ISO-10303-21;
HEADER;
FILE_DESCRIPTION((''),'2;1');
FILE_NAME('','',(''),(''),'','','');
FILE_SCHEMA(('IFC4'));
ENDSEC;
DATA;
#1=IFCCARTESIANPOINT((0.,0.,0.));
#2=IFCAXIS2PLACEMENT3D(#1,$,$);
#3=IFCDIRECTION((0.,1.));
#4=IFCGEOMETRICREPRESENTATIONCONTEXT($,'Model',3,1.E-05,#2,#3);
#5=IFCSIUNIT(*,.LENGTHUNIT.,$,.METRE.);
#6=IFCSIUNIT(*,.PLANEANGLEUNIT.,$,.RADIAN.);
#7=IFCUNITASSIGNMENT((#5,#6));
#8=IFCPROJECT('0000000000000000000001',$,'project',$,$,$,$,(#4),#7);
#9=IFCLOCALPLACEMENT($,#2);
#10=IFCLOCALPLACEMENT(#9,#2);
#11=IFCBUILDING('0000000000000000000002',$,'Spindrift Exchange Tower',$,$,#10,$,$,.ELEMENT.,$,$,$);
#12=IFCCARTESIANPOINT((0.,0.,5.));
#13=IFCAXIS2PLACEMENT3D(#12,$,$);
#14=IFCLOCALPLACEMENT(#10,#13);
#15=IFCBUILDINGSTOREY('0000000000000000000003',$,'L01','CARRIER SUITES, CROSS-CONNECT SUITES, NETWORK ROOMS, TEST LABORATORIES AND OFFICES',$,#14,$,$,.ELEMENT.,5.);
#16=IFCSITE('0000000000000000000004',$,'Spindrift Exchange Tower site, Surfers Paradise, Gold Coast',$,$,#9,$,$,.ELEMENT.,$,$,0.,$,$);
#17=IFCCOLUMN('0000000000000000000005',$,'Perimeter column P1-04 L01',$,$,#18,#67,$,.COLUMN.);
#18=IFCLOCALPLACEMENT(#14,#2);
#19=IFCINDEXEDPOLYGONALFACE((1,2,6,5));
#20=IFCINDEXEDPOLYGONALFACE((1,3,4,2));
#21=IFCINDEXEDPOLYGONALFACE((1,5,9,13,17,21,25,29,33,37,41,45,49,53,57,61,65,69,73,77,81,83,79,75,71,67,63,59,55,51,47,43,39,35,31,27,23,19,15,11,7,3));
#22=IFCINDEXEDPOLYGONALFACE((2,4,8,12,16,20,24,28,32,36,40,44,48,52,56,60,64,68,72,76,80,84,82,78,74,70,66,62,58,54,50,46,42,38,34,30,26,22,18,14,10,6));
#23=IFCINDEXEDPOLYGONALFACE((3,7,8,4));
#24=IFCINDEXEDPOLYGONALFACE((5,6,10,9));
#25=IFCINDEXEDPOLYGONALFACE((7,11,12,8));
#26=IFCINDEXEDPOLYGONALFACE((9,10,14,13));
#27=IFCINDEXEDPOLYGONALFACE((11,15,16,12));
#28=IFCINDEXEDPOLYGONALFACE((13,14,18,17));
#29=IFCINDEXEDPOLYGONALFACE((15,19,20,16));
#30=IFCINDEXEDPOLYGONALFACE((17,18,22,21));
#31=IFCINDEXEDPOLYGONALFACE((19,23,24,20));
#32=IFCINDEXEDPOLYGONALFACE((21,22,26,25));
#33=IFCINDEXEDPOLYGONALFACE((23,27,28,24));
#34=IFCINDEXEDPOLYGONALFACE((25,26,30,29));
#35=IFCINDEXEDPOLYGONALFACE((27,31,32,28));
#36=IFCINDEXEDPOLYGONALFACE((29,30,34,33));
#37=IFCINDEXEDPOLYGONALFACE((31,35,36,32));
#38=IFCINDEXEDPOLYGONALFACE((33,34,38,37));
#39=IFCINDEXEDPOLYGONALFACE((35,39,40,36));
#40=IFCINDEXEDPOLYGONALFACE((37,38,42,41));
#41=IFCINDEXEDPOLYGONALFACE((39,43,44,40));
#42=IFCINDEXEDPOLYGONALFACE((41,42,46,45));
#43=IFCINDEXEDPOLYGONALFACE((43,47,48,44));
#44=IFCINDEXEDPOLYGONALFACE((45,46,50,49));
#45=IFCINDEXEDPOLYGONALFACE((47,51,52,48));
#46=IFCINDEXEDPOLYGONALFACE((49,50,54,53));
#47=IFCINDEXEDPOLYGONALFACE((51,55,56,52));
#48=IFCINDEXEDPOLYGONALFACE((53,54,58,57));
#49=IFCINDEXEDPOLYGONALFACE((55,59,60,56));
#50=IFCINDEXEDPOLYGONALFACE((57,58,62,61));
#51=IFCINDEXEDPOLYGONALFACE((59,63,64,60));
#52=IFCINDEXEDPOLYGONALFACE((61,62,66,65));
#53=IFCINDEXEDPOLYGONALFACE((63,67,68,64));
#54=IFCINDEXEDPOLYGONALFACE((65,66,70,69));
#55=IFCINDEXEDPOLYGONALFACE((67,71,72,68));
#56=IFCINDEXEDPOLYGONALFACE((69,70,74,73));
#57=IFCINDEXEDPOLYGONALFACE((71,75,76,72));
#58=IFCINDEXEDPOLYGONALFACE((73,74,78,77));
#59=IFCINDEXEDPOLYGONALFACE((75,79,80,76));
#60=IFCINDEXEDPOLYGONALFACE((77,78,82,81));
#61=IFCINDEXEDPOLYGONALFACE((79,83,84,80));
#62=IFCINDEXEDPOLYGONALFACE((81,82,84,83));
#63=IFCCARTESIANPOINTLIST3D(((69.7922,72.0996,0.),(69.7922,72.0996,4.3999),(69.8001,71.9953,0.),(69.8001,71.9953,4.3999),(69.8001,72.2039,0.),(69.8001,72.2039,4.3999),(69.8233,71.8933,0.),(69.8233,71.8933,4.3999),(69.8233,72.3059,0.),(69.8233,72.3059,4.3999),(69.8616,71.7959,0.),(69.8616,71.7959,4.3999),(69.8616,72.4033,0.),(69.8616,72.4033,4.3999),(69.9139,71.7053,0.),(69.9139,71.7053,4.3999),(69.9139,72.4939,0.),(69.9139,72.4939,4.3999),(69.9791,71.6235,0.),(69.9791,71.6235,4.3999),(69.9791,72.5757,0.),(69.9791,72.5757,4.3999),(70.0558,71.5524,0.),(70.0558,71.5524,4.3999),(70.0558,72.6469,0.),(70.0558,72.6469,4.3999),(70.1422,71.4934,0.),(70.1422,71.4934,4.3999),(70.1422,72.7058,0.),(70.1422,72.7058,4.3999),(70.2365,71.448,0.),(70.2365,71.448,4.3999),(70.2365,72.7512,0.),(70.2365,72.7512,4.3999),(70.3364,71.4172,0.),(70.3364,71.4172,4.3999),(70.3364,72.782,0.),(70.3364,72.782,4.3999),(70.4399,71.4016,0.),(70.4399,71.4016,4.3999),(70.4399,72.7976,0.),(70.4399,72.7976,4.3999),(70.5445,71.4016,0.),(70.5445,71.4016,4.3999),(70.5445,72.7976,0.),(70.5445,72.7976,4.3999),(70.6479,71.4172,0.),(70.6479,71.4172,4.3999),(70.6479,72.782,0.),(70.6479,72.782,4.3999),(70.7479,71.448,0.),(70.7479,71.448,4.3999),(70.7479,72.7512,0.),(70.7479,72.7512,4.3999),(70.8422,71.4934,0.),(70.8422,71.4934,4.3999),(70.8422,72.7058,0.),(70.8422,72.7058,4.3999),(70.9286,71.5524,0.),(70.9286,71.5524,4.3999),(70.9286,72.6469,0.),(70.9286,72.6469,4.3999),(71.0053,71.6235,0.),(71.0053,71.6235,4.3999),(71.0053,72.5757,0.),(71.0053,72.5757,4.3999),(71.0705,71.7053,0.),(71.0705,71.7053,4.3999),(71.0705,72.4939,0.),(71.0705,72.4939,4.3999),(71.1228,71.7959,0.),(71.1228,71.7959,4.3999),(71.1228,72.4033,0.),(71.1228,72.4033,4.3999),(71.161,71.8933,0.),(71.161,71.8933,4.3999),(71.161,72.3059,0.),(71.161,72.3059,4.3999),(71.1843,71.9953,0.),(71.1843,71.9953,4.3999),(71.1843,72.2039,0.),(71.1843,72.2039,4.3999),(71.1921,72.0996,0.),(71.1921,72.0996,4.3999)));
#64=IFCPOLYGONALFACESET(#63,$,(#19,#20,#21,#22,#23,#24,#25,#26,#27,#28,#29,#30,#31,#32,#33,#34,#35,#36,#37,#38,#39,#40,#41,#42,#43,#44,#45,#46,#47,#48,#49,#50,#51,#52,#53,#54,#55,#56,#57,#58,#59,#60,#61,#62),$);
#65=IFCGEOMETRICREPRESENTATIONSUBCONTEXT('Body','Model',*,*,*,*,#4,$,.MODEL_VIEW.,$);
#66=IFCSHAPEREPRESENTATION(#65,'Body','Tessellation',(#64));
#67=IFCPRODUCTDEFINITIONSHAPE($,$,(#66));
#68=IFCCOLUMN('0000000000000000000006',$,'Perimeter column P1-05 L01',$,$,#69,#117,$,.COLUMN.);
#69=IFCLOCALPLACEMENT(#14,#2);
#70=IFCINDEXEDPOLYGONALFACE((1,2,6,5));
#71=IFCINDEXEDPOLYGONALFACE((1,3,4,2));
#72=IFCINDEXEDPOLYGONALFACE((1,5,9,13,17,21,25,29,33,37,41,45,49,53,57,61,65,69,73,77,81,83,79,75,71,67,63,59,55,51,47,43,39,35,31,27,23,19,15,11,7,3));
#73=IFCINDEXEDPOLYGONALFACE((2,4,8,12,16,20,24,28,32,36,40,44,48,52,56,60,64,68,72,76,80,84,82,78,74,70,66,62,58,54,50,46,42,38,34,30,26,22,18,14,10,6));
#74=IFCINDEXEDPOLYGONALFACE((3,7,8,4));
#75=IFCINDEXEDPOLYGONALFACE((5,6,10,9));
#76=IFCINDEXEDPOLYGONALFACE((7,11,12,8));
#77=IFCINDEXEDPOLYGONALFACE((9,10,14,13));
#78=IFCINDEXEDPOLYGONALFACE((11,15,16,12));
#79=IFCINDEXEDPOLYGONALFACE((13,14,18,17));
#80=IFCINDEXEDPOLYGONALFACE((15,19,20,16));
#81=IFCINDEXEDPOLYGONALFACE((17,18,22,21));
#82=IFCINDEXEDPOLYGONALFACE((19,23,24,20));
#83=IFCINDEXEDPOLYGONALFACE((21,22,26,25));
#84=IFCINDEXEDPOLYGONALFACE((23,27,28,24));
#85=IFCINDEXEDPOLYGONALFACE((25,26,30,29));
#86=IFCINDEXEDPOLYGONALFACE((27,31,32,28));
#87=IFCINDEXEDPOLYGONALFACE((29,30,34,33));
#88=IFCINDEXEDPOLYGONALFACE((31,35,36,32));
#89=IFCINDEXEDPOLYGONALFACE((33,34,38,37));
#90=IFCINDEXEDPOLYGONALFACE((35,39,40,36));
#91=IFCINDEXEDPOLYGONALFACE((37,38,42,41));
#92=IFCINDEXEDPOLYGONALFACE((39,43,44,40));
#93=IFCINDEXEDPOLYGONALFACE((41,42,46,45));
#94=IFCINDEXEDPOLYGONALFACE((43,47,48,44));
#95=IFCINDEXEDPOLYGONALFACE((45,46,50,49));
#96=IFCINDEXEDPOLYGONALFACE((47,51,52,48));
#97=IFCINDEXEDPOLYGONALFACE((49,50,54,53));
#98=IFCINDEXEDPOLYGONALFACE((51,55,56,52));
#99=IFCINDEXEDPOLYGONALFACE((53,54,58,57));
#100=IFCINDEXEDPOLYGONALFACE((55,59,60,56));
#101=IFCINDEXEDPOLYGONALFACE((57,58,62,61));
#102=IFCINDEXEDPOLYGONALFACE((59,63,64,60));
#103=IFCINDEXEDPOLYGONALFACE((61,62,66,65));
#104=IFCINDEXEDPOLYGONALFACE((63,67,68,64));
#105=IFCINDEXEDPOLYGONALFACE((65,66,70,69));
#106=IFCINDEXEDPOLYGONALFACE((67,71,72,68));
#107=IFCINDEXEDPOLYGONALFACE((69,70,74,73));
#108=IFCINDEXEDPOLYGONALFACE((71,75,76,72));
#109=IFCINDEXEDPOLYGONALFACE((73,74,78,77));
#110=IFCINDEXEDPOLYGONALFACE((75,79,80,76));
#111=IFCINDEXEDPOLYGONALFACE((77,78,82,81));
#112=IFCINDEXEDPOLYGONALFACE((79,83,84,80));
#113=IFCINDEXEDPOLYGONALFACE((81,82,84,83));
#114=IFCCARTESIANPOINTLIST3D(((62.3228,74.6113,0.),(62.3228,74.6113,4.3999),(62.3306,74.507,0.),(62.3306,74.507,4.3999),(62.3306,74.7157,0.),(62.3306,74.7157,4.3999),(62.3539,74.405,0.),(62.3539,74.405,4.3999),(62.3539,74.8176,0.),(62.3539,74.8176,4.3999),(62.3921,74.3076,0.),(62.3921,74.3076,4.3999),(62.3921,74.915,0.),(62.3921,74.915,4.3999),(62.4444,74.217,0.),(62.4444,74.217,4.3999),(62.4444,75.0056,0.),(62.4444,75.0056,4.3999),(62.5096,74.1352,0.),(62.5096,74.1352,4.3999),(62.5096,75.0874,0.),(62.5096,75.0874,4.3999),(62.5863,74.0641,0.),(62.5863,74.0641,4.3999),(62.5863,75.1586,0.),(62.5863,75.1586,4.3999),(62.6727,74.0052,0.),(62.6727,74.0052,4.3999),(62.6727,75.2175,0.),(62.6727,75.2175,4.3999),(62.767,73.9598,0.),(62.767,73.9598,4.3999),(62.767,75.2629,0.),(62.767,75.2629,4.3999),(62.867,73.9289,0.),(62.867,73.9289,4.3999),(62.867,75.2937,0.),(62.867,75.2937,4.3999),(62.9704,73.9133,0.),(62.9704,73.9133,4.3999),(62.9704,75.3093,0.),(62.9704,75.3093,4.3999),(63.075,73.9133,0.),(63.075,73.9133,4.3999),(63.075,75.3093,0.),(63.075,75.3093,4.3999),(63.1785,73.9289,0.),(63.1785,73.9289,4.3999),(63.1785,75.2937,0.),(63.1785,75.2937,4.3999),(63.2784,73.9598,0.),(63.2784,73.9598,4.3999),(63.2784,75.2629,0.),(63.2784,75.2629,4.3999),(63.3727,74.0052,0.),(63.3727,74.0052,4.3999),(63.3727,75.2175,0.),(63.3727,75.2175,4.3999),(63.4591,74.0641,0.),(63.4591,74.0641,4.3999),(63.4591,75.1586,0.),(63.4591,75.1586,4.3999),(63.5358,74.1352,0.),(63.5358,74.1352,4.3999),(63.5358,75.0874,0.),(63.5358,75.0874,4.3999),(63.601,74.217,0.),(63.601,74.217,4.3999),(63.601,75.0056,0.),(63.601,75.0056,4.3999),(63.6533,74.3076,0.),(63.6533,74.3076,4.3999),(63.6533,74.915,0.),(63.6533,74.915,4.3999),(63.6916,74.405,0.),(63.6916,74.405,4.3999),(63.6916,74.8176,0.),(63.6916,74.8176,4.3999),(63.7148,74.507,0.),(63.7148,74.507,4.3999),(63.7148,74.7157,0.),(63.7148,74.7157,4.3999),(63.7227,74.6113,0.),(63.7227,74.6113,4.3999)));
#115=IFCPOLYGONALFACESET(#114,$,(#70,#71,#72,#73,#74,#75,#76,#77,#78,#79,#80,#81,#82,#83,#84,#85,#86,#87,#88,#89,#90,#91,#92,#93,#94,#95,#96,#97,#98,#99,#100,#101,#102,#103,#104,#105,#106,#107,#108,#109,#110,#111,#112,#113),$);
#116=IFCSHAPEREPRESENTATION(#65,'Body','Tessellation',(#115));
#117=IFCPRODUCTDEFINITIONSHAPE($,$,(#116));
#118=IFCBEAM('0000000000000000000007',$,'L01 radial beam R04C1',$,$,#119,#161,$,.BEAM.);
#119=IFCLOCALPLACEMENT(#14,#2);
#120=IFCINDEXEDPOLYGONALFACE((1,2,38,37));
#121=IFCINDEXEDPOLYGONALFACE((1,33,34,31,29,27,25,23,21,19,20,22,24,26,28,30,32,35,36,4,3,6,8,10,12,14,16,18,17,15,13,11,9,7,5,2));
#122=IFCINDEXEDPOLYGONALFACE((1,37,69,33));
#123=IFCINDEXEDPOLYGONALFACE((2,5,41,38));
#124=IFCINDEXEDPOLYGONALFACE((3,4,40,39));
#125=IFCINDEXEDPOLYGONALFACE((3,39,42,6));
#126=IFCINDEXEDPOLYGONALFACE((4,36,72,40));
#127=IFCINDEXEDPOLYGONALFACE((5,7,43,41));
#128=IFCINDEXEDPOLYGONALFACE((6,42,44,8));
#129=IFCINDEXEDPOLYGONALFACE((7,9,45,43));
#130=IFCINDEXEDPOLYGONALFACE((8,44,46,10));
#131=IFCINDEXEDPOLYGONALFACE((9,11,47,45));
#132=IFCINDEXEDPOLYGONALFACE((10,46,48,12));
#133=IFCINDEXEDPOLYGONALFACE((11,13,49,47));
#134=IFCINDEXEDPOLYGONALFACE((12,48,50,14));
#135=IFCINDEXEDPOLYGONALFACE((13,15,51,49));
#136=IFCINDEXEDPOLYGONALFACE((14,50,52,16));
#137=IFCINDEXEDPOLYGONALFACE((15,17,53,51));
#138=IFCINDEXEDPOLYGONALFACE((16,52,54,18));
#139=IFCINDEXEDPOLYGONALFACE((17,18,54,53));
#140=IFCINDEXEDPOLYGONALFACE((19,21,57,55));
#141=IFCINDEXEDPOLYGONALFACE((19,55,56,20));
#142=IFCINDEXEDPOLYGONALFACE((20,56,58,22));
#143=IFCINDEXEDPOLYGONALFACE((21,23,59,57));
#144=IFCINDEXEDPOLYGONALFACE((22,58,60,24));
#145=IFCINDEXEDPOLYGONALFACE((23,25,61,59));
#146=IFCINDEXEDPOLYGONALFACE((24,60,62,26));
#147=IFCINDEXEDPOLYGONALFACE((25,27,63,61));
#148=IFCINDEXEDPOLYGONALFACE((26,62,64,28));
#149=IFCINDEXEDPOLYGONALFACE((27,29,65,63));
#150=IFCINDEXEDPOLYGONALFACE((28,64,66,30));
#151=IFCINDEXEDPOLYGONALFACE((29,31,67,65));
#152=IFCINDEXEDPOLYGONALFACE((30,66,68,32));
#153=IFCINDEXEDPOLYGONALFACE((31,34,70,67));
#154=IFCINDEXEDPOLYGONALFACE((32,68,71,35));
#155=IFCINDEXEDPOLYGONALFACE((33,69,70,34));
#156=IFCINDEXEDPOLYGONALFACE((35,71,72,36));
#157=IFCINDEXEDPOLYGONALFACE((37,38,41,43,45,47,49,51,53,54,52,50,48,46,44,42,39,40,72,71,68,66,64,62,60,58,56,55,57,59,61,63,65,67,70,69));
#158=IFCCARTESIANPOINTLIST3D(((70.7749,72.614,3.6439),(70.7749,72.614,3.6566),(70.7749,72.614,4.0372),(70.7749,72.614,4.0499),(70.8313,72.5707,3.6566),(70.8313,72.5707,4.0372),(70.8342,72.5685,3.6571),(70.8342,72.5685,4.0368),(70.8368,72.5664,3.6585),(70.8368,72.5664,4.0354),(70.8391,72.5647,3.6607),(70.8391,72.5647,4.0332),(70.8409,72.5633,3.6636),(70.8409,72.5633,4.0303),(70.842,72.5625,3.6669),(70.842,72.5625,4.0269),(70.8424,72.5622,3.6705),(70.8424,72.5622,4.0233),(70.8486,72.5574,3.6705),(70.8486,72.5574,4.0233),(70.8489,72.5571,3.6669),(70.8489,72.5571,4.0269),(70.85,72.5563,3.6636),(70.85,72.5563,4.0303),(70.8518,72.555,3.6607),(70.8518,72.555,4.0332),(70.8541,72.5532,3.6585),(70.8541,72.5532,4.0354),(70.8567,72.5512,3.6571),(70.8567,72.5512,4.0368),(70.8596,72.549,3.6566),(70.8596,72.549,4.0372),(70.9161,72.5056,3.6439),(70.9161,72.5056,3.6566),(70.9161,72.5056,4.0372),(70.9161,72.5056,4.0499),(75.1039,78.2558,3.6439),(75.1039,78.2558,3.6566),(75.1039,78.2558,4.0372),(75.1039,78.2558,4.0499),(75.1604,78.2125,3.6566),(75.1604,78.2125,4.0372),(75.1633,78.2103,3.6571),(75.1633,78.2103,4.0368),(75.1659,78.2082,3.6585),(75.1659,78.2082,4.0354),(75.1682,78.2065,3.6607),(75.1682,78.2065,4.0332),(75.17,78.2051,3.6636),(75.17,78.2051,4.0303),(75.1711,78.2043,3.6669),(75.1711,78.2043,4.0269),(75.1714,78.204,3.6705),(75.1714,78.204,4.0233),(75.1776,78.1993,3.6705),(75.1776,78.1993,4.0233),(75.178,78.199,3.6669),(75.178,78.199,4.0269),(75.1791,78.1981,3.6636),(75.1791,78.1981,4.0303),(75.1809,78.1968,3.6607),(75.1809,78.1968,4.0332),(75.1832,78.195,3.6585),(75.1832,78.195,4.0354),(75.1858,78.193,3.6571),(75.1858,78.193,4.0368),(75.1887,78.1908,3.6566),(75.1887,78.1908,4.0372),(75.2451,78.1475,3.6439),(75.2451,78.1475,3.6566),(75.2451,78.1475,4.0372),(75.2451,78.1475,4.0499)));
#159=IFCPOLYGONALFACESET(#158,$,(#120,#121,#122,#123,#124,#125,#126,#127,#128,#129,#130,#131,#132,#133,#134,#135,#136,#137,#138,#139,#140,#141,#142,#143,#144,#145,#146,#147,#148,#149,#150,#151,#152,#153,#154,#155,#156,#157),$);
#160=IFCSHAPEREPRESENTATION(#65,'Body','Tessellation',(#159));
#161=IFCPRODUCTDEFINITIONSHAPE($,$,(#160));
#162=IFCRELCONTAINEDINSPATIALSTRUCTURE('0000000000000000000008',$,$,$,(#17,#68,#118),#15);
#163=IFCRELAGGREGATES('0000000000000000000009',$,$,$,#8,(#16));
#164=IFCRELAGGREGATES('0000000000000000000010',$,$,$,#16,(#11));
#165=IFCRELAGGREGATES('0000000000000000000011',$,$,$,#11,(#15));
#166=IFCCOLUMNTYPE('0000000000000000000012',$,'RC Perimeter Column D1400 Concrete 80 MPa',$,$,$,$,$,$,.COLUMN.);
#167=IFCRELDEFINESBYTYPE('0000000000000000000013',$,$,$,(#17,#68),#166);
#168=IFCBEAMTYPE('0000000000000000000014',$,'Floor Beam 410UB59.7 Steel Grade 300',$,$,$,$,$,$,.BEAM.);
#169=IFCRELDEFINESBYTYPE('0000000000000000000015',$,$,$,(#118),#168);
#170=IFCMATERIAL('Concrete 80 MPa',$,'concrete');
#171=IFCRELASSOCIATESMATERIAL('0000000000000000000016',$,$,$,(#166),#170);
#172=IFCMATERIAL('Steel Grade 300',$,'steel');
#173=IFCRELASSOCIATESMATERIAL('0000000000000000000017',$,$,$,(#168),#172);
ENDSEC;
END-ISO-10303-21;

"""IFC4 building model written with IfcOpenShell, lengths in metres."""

from ifc_helpers import new_model, si_unit, direction, frame, origin, origin_2d, place, context, subcontext, project, spatial, circle, i_section, extrude, source, transform, mapped, material, material_profile, profile_set, type_object, element, save


model = new_model("IFC4")

# Units and contexts
model_context = context("Model", 3, precision=1e-05, world=origin(), true_north=direction((0.0, 1.0)))
body_context = subcontext(model_context, "Body", "Model", "MODEL_VIEW")
ifc_project = project(units=[si_unit("LENGTHUNIT", "METRE"), si_unit("PLANEANGLEUNIT", "RADIAN")], contexts=[model_context])

# Site, building, storey
site_placement = place(None, origin())
site = spatial("IfcSite", under=ifc_project, at=site_placement, Name="Spindrift Exchange Tower site, Surfers Paradise, Gold Coast", CompositionType="ELEMENT", RefElevation=0.0)
building_placement = place(site_placement, origin())
building = spatial("IfcBuilding", under=site, at=building_placement, Name="Spindrift Exchange Tower", CompositionType="ELEMENT")
storey_placement = place(building_placement, frame((0.0, 0.0, 5.0)))
storey = spatial("IfcBuildingStorey", under=building, at=storey_placement, Name="L01", Description="CARRIER SUITES, CROSS-CONNECT SUITES, NETWORK ROOMS, TEST LABORATORIES AND OFFICES", CompositionType="ELEMENT", Elevation=5.0)

# Columns
ifc_material_1 = material(Name="Concrete 80 MPa", Category="concrete")
ifc_material_profile_1 = material_profile(ifc_material_1, circle(Radius=0.7, at=origin_2d()), Name="RC D1400")
ifc_profile_set_1 = profile_set([ifc_material_profile_1], Name="Concrete 80 MPa")
column_type = type_object("IfcColumnType", Name="RC Perimeter Column D1400 Concrete 80 MPa", PredefinedType="COLUMN", material=ifc_profile_set_1)
shared_shape_1 = source(origin(), body_context, "Body", "SweptSolid", [
    extrude(circle(Radius=0.7, at=origin_2d()), origin(), (0.0, 0.0, 1.0), 4.3999),
])
for number, where, z_axis, x_axis, name in (
    (1, (70.4922, 72.0996, 0.0), (0.0, 0.0, 1.0), (1.0, 0.0, 0.0), "Perimeter column P1-04 L01"),
    (2, (63.0227, 74.6113, 0.0), (0.0, 0.0, 1.0), (1.0, 0.0, 0.0), "Perimeter column P1-05 L01"),
):
    element("IfcColumn", number, at=place(storey_placement, frame(where, z_axis=z_axis, x_axis=x_axis)), inside=storey, type_object=column_type, Name=name, PredefinedType="COLUMN", context=body_context, shape_type="MappedRepresentation", body=[
        mapped(shared_shape_1, transform((0.0, 0.0, 0.0), scale=1.0)),
    ])

# Beam
ifc_material_2 = material(Name="Steel Grade 300", Category="steel")
ifc_material_profile_2 = material_profile(ifc_material_2, i_section(OverallWidth=0.178, OverallDepth=0.406, WebThickness=0.0078, FlangeThickness=0.0127, FilletRadius=0.0139, at=origin_2d()), Name="410UB59.7")
ifc_profile_set_2 = profile_set([ifc_material_profile_2], Name="Steel Grade 300")
beam_type_1 = type_object("IfcBeamType", Name="Floor Beam 410UB59.7 Steel Grade 300", PredefinedType="BEAM", material=ifc_profile_set_2)
shared_shape_2 = source(origin(), body_context, "Body", "SweptSolid", [
    extrude(i_section(OverallWidth=0.178, OverallDepth=0.406, WebThickness=0.0078, FlangeThickness=0.0127, FilletRadius=0.0139, at=origin_2d()), origin(), (0.0, 0.0, 1.0), 7.1113),
])
beam_1_placement = place(storey_placement, frame((70.8455, 72.5598, 3.8469), z_axis=(0.608758, 0.793356, 0.0), x_axis=(-0.793356, 0.608758, 0.0)))
element("IfcBeam", 3, at=beam_1_placement, inside=storey, type_object=beam_type_1, Name="L01 radial beam R04C1", PredefinedType="BEAM", context=body_context, shape_type="MappedRepresentation", body=[
    mapped(shared_shape_2, transform((0.0, 0.0, 0.0), scale=1.0)),
])

save(model, "model.ifc")
